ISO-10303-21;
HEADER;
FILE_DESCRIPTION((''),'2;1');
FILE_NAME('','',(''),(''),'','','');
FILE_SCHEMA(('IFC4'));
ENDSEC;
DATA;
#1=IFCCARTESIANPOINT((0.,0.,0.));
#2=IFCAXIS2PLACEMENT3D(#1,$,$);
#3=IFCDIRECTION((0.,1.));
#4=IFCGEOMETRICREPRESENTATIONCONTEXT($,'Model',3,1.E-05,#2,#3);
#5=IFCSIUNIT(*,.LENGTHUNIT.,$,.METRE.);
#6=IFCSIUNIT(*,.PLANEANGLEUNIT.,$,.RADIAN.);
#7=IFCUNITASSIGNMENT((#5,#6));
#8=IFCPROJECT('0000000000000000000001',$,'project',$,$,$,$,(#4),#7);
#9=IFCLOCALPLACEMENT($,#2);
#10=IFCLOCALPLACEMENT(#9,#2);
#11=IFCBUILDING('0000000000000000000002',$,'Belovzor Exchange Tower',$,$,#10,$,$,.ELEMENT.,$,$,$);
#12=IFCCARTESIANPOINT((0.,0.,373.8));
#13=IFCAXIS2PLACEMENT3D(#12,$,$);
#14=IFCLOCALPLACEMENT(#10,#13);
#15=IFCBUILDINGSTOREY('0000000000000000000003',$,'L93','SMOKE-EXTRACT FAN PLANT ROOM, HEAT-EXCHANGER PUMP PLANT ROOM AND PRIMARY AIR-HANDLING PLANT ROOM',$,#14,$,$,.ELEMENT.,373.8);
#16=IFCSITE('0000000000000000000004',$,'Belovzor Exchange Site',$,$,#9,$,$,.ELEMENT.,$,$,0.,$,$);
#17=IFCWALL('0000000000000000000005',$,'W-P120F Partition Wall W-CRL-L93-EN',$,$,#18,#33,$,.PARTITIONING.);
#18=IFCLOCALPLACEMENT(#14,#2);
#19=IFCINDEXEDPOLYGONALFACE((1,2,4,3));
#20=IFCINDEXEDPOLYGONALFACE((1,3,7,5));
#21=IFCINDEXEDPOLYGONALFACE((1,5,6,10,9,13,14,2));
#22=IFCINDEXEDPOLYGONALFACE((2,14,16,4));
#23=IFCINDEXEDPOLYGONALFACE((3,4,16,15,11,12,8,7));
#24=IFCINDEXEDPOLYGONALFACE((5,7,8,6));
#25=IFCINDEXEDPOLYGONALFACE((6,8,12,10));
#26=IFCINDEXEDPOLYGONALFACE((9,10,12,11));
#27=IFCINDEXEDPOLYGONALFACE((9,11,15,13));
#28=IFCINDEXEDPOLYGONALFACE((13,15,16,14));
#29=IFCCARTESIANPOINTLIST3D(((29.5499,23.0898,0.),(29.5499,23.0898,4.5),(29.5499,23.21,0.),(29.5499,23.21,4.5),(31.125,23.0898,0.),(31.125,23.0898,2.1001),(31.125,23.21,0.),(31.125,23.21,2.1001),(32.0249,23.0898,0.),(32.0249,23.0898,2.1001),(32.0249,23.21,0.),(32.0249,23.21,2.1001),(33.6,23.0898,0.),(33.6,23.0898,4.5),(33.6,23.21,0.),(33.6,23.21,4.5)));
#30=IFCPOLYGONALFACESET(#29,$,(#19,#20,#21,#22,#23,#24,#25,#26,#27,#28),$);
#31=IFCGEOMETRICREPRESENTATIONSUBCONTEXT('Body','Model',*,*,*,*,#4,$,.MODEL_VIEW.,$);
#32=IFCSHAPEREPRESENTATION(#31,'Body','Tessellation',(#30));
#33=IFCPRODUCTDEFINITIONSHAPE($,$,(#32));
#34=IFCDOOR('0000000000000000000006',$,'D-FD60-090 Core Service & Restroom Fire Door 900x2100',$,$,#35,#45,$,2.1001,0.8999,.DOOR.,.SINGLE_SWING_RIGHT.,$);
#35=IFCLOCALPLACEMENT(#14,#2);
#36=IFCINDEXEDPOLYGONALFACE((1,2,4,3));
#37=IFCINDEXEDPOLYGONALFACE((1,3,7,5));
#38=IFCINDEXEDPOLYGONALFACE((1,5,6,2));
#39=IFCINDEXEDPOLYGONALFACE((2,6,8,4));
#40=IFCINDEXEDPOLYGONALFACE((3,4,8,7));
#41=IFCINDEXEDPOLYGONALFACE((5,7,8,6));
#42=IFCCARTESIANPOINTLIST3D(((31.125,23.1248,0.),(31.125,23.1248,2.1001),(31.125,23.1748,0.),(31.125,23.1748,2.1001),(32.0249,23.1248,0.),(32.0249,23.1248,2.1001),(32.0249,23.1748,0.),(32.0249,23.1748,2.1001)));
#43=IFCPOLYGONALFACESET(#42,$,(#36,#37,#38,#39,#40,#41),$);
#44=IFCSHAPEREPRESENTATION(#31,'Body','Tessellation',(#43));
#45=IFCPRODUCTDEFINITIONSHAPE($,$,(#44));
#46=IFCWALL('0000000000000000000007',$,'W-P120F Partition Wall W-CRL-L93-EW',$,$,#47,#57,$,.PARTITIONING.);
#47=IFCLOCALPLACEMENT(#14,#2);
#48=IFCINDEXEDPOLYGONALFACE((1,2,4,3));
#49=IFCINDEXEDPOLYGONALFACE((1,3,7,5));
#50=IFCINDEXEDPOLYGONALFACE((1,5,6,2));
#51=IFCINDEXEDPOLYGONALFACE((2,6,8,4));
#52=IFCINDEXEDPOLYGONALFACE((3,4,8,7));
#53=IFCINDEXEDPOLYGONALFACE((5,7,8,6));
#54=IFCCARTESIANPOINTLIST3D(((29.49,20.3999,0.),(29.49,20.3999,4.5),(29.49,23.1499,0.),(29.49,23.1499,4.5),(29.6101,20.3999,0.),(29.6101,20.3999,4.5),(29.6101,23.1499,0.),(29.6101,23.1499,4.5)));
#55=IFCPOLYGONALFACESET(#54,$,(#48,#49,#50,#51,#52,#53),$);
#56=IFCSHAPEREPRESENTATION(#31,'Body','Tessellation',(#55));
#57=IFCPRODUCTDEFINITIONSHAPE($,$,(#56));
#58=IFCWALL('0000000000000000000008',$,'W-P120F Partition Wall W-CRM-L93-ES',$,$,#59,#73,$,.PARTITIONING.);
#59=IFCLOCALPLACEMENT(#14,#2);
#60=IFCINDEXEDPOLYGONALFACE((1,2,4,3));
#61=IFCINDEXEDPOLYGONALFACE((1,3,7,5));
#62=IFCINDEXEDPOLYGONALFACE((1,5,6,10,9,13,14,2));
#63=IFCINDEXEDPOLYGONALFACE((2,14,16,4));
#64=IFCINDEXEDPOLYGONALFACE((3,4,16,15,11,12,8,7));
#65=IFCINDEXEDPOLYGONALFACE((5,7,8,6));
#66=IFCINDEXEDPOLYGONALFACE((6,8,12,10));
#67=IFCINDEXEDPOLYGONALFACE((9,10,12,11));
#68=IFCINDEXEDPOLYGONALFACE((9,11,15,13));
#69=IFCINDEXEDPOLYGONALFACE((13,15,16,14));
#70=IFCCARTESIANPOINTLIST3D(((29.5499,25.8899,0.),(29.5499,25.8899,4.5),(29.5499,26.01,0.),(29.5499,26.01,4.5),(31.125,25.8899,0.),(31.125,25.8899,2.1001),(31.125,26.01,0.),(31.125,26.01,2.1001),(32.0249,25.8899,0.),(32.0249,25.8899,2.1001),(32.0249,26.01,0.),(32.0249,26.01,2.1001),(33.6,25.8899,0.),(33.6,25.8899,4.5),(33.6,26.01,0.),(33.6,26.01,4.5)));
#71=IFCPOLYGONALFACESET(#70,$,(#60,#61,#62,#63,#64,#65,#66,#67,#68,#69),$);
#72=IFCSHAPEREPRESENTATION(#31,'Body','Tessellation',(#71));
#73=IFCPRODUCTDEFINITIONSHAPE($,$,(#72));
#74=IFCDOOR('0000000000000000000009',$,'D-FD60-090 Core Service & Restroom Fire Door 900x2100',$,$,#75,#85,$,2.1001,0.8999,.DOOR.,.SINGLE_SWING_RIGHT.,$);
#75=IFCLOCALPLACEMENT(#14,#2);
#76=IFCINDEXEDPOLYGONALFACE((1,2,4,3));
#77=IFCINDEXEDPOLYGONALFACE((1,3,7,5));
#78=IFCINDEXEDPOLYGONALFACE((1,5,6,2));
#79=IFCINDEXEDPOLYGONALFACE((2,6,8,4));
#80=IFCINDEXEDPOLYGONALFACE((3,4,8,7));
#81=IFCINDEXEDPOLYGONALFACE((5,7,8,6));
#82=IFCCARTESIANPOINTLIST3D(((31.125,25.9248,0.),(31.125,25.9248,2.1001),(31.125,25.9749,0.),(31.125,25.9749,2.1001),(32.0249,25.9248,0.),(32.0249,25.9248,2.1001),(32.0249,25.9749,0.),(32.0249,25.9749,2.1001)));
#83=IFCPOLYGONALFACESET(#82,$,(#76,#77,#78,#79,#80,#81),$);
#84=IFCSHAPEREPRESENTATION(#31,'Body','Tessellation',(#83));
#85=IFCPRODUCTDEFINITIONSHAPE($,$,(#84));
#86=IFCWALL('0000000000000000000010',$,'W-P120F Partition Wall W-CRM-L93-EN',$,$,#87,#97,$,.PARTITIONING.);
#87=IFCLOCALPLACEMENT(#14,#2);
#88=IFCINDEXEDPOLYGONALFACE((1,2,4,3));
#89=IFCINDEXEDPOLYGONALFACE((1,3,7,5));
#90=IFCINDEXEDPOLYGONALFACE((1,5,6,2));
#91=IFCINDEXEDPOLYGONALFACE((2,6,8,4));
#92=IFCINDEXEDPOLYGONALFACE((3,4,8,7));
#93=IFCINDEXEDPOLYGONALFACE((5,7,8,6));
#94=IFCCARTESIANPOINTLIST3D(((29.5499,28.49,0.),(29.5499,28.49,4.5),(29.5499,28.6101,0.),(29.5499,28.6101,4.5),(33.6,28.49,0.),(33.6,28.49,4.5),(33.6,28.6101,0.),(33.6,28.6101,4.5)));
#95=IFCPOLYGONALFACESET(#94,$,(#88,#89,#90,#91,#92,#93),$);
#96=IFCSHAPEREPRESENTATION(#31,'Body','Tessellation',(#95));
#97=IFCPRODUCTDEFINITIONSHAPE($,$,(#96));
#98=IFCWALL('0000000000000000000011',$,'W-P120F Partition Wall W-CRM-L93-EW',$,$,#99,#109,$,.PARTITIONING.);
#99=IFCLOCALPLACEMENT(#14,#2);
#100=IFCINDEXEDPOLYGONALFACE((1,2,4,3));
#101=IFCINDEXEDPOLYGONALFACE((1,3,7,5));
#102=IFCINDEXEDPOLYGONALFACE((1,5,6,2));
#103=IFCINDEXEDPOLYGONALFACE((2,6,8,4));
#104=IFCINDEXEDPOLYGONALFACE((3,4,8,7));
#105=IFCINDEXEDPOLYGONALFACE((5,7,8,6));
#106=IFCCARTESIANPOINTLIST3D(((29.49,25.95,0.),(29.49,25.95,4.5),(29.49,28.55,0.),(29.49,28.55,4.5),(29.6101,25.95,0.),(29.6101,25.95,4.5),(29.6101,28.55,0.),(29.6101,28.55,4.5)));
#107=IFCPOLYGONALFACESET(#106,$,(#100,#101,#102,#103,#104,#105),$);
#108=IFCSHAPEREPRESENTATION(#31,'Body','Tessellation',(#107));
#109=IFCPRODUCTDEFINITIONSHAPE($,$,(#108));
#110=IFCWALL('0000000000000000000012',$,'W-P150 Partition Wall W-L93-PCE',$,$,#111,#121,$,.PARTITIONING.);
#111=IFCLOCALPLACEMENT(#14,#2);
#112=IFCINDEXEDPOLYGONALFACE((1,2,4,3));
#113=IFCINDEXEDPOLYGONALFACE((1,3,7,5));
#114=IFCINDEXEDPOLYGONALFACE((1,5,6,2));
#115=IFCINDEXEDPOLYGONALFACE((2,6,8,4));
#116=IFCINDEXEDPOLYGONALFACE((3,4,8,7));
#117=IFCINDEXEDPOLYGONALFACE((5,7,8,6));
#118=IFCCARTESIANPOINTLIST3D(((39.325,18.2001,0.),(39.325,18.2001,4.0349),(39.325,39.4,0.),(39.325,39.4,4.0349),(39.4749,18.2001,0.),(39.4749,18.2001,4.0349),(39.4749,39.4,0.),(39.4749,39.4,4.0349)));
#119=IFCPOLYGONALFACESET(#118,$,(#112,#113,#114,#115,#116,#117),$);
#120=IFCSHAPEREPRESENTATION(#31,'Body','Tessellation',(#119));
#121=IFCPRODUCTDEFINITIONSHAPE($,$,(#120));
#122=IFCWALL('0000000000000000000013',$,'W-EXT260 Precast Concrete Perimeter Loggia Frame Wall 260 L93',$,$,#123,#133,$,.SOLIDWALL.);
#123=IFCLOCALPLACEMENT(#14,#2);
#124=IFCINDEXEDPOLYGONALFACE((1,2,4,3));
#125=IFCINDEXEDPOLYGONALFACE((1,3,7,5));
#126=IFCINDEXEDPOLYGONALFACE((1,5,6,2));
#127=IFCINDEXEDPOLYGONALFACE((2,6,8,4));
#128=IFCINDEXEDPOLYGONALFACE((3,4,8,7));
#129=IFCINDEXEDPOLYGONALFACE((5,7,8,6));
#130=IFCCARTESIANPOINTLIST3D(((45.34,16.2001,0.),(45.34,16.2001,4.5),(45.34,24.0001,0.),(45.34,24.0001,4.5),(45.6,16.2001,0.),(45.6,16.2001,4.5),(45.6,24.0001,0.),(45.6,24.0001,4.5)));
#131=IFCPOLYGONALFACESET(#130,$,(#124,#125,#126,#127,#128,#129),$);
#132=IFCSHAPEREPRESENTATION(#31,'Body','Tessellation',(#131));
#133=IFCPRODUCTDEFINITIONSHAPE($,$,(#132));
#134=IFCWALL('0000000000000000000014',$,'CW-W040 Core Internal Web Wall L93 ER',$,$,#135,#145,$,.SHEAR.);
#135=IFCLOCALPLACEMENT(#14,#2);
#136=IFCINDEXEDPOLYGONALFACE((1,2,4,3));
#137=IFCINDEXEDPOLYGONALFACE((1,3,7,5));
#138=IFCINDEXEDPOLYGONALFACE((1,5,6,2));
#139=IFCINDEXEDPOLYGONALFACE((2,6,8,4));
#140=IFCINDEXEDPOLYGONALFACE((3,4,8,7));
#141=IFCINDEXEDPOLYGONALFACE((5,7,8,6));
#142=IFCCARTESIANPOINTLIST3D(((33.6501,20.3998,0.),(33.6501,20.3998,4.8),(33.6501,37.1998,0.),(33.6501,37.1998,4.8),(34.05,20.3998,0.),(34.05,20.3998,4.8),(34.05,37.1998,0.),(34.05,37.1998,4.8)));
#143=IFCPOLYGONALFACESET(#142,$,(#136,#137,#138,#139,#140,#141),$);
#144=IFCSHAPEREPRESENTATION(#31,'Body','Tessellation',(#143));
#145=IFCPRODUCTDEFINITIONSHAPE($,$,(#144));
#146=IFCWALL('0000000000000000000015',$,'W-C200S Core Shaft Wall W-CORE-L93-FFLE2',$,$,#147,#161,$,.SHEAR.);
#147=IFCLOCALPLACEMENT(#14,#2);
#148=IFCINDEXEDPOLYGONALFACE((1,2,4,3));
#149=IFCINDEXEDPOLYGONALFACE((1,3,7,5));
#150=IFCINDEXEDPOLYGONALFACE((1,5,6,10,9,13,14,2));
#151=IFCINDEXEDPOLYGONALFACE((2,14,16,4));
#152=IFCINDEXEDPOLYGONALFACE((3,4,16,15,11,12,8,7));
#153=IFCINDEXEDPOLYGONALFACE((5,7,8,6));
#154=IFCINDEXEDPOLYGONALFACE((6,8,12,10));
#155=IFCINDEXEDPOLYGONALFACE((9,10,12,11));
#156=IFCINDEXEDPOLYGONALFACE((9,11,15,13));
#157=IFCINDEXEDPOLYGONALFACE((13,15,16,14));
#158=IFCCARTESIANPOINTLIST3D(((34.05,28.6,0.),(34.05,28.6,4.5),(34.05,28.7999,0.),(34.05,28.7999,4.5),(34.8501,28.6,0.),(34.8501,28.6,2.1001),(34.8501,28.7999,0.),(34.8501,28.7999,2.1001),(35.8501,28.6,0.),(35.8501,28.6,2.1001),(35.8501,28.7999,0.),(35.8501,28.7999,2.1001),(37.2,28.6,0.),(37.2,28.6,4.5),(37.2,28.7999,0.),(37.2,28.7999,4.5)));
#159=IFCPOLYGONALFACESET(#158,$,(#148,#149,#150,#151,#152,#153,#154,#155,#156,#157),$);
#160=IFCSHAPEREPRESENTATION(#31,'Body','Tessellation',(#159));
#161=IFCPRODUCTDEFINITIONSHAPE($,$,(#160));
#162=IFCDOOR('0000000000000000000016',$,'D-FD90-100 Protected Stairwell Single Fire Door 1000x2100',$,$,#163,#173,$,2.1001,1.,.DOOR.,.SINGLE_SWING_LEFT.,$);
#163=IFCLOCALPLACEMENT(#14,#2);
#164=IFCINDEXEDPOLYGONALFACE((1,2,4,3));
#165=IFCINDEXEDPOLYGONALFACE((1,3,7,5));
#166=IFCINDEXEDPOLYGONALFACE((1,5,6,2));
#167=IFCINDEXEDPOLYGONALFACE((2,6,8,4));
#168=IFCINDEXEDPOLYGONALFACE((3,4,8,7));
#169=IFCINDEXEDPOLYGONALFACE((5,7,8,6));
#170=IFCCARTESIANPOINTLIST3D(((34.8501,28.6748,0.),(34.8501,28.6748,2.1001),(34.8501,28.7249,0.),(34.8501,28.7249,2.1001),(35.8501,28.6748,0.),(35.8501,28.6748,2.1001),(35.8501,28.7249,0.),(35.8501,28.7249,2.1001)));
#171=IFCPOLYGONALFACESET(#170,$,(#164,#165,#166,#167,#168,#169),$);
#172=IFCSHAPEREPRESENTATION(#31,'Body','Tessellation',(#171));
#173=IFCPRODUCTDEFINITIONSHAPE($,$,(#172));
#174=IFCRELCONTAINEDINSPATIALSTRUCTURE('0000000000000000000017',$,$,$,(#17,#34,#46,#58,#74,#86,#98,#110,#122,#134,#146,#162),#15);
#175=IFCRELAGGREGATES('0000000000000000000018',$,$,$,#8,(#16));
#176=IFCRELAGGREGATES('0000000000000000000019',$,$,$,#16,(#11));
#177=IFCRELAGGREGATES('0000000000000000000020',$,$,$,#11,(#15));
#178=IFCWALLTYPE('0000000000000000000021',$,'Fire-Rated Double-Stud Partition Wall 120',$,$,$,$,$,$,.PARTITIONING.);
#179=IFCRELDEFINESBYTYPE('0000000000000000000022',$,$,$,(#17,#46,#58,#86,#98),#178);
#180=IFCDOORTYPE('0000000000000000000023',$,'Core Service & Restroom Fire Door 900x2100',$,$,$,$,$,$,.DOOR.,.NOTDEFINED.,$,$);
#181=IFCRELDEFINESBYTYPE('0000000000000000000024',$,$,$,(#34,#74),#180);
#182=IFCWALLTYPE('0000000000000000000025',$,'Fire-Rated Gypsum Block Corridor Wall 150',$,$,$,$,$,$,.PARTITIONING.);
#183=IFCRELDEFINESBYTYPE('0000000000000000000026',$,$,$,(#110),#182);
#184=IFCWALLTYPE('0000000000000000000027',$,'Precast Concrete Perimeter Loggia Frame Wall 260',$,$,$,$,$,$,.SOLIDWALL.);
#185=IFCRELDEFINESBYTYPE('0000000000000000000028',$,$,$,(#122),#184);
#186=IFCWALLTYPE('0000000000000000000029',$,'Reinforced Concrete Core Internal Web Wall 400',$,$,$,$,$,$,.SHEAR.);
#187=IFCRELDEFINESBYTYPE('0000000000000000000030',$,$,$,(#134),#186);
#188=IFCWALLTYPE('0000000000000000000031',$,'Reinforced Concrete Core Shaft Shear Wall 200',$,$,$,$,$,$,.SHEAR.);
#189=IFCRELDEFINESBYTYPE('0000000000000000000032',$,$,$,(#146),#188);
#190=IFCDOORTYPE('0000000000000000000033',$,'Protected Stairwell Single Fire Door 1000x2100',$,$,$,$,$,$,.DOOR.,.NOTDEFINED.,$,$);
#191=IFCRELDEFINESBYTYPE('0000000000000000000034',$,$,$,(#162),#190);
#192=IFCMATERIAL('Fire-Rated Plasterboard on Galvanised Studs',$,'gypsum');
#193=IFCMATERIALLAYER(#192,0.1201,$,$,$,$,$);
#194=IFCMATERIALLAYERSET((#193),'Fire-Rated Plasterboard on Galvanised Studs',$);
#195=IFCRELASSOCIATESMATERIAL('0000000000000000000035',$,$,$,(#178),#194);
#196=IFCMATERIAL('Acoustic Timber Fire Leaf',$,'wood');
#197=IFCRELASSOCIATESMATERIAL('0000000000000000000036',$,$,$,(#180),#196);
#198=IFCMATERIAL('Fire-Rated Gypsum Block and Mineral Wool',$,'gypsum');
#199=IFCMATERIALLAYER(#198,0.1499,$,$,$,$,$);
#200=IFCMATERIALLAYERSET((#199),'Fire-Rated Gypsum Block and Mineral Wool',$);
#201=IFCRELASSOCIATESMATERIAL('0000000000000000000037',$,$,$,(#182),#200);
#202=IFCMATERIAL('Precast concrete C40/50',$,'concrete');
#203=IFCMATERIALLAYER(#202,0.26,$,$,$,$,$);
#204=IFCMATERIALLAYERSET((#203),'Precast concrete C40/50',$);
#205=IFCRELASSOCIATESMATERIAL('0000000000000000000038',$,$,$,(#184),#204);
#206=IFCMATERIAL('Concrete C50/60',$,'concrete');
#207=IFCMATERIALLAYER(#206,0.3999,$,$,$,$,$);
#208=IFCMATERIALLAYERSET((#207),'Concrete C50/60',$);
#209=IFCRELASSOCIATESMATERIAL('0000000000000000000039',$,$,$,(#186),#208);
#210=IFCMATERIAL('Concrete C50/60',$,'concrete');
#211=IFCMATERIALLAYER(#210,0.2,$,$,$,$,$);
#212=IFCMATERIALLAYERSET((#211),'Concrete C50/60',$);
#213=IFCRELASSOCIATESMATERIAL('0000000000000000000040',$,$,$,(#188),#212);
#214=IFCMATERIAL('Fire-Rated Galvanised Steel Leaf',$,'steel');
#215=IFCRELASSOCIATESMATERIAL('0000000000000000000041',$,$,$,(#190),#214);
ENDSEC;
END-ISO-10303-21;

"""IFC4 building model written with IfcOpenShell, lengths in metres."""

from ifc_helpers import new_model, si_unit, direction, frame, frame_2d, origin, place, context, subcontext, project, spatial, rectangle, extrude, material, layer, layer_set, type_object, element, fill, save


model = new_model("IFC4")

# Units and contexts
model_context = context("Model", 3, precision=1e-05, world=origin(), true_north=direction((0.0, 1.0)))
body_context = subcontext(model_context, "Body", "Model", "MODEL_VIEW")
ifc_project = project(units=[si_unit("LENGTHUNIT", "METRE"), si_unit("PLANEANGLEUNIT", "RADIAN")], contexts=[model_context])

# Site, building, storey
site_placement = place(None, origin())
site = spatial("IfcSite", under=ifc_project, at=site_placement, Name="Belovzor Exchange Site", CompositionType="ELEMENT", RefElevation=0.0)
building_placement = place(site_placement, origin())
building = spatial("IfcBuilding", under=site, at=building_placement, Name="Belovzor Exchange Tower", CompositionType="ELEMENT")
storey_placement = place(building_placement, frame((0.0, 0.0, 373.8)))
storey = spatial("IfcBuildingStorey", under=building, at=storey_placement, Name="L93", Description="SMOKE-EXTRACT FAN PLANT ROOM, HEAT-EXCHANGER PUMP PLANT ROOM AND PRIMARY AIR-HANDLING PLANT ROOM", CompositionType="ELEMENT", Elevation=373.8)

# Wall, opening, door
ifc_material_1 = material(Name="Fire-Rated Plasterboard on Galvanised Studs", Category="gypsum")
ifc_layer_1 = layer(ifc_material_1, 0.1201)
ifc_layer_set_1 = layer_set([ifc_layer_1], Name="Fire-Rated Plasterboard on Galvanised Studs")
wall_type_1 = type_object("IfcWallType", Name="Fire-Rated Double-Stud Partition Wall 120", PredefinedType="PARTITIONING", material=ifc_layer_set_1)
wall_1_placement = place(storey_placement, frame((29.55, 23.1499, 0.0), z_axis=(0.0, 0.0, 1.0), x_axis=(1.0, 0.0, 0.0)))
wall_1 = element("IfcWall", 1, at=wall_1_placement, inside=storey, type_object=wall_type_1, Name="W-P120F Partition Wall W-CRL-L93-EN", PredefinedType="PARTITIONING", context=body_context, shape_type="SweptSolid", body=[
    extrude(rectangle(XDim=4.05, YDim=0.1201, at=frame_2d((2.0249, 0.0))), origin(), (0.0, 0.0, 1.0), 4.5),
])
opening_1_placement = place(wall_1_placement, frame((1.575, 0.0, 0.0)))
opening_1 = element("IfcOpeningElement", 2, at=opening_1_placement, cuts=wall_1, PredefinedType="OPENING", context=body_context, shape_type="SweptSolid", body=[
    extrude(rectangle(XDim=0.8999, YDim=2.1001, at=frame_2d((0.45, 1.05))), frame((0.0, 0.0701, 0.0), z_axis=(0.0, -1.0, 0.0), x_axis=(1.0, 0.0, 0.0)), (0.0, 0.0, 1.0), 0.1401),
])
ifc_material_2 = material(Name="Acoustic Timber Fire Leaf", Category="wood")
door_type_1 = type_object("IfcDoorType", Name="Core Service & Restroom Fire Door 900x2100", OperationType="NOTDEFINED", PredefinedType="DOOR", material=ifc_material_2)
door_1_placement = place(opening_1_placement, origin())
door_1 = element("IfcDoor", 3, at=door_1_placement, inside=storey, type_object=door_type_1, Name="D-FD60-090 Core Service & Restroom Fire Door 900x2100", OperationType="SINGLE_SWING_RIGHT", OverallHeight=2.1001, OverallWidth=0.8999, PredefinedType="DOOR", context=body_context, shape_type="SweptSolid", body=[
    extrude(rectangle(XDim=0.8999, YDim=2.1001, at=frame_2d((0.45, 1.05))), frame((0.0, 0.0249, 0.0), z_axis=(0.0, -1.0, 0.0), x_axis=(1.0, 0.0, 0.0)), (0.0, 0.0, 1.0), 0.05),
])
fill(opening_1, door_1)

# Wall
wall_2_placement = place(storey_placement, frame((29.55, 20.3999, 0.0), z_axis=(0.0, 0.0, 1.0), x_axis=(0.0, 1.0, 0.0)))
element("IfcWall", 4, at=wall_2_placement, inside=storey, type_object=wall_type_1, Name="W-P120F Partition Wall W-CRL-L93-EW", PredefinedType="PARTITIONING", context=body_context, shape_type="SweptSolid", body=[
    extrude(rectangle(XDim=2.75, YDim=0.1201, at=frame_2d((1.375, 0.0))), origin(), (0.0, 0.0, 1.0), 4.5),
])

# Wall, opening, door
wall_3_placement = place(storey_placement, frame((29.55, 25.95, 0.0), z_axis=(0.0, 0.0, 1.0), x_axis=(1.0, 0.0, 0.0)))
wall_3 = element("IfcWall", 5, at=wall_3_placement, inside=storey, type_object=wall_type_1, Name="W-P120F Partition Wall W-CRM-L93-ES", PredefinedType="PARTITIONING", context=body_context, shape_type="SweptSolid", body=[
    extrude(rectangle(XDim=4.05, YDim=0.1201, at=frame_2d((2.0249, 0.0))), origin(), (0.0, 0.0, 1.0), 4.5),
])
opening_2_placement = place(wall_3_placement, frame((1.575, 0.0, 0.0)))
opening_2 = element("IfcOpeningElement", 6, at=opening_2_placement, cuts=wall_3, PredefinedType="OPENING", context=body_context, shape_type="SweptSolid", body=[
    extrude(rectangle(XDim=0.8999, YDim=2.1001, at=frame_2d((0.45, 1.05))), frame((0.0, 0.0701, 0.0), z_axis=(0.0, -1.0, 0.0), x_axis=(1.0, 0.0, 0.0)), (0.0, 0.0, 1.0), 0.1401),
])
door_2_placement = place(opening_2_placement, origin())
door_2 = element("IfcDoor", 7, at=door_2_placement, inside=storey, type_object=door_type_1, Name="D-FD60-090 Core Service & Restroom Fire Door 900x2100", OperationType="SINGLE_SWING_RIGHT", OverallHeight=2.1001, OverallWidth=0.8999, PredefinedType="DOOR", context=body_context, shape_type="SweptSolid", body=[
    extrude(rectangle(XDim=0.8999, YDim=2.1001, at=frame_2d((0.45, 1.05))), frame((0.0, 0.0249, 0.0), z_axis=(0.0, -1.0, 0.0), x_axis=(1.0, 0.0, 0.0)), (0.0, 0.0, 1.0), 0.05),
])
fill(opening_2, door_2)

# Walls
wall_4_placement = place(storey_placement, frame((29.55, 28.55, 0.0), z_axis=(0.0, 0.0, 1.0), x_axis=(1.0, 0.0, 0.0)))
element("IfcWall", 8, at=wall_4_placement, inside=storey, type_object=wall_type_1, Name="W-P120F Partition Wall W-CRM-L93-EN", PredefinedType="PARTITIONING", context=body_context, shape_type="SweptSolid", body=[
    extrude(rectangle(XDim=4.05, YDim=0.1201, at=frame_2d((2.0249, 0.0))), origin(), (0.0, 0.0, 1.0), 4.5),
])
wall_5_placement = place(storey_placement, frame((29.55, 25.95, 0.0), z_axis=(0.0, 0.0, 1.0), x_axis=(0.0, 1.0, 0.0)))
element("IfcWall", 9, at=wall_5_placement, inside=storey, type_object=wall_type_1, Name="W-P120F Partition Wall W-CRM-L93-EW", PredefinedType="PARTITIONING", context=body_context, shape_type="SweptSolid", body=[
    extrude(rectangle(XDim=2.6001, YDim=0.1201, at=frame_2d((1.3, 0.0))), origin(), (0.0, 0.0, 1.0), 4.5),
])
ifc_material_3 = material(Name="Fire-Rated Gypsum Block and Mineral Wool", Category="gypsum")
ifc_layer_2 = layer(ifc_material_3, 0.1499)
ifc_layer_set_2 = layer_set([ifc_layer_2], Name="Fire-Rated Gypsum Block and Mineral Wool")
wall_type_2 = type_object("IfcWallType", Name="Fire-Rated Gypsum Block Corridor Wall 150", PredefinedType="PARTITIONING", material=ifc_layer_set_2)
wall_6_placement = place(storey_placement, frame((39.3999, 18.2, 0.0), z_axis=(0.0, 0.0, 1.0), x_axis=(0.0, 1.0, 0.0)))
element("IfcWall", 10, at=wall_6_placement, inside=storey, type_object=wall_type_2, Name="W-P150 Partition Wall W-L93-PCE", PredefinedType="PARTITIONING", context=body_context, shape_type="SweptSolid", body=[
    extrude(rectangle(XDim=21.2, YDim=0.1499, at=frame_2d((10.6001, 0.0))), origin(), (0.0, 0.0, 1.0), 4.0349),
])
ifc_material_4 = material(Name="Precast concrete C40/50", Category="concrete")
ifc_layer_3 = layer(ifc_material_4, 0.26)
ifc_layer_set_3 = layer_set([ifc_layer_3], Name="Precast concrete C40/50")
wall_type_3 = type_object("IfcWallType", Name="Precast Concrete Perimeter Loggia Frame Wall 260", PredefinedType="SOLIDWALL", material=ifc_layer_set_3)
wall_7_placement = place(storey_placement, frame((45.47, 24.0, 0.0), z_axis=(0.0, 0.0, 1.0), x_axis=(0.0, -1.0, 0.0)))
element("IfcWall", 11, at=wall_7_placement, inside=storey, type_object=wall_type_3, Name="W-EXT260 Precast Concrete Perimeter Loggia Frame Wall 260 L93", PredefinedType="SOLIDWALL", context=body_context, shape_type="SweptSolid", body=[
    extrude(rectangle(XDim=7.8, YDim=0.26, at=frame_2d((3.8999, 0.0))), origin(), (0.0, 0.0, 1.0), 4.5),
])
ifc_material_5 = material(Name="Concrete C50/60", Category="concrete")
ifc_layer_4 = layer(ifc_material_5, 0.3999)
ifc_layer_set_4 = layer_set([ifc_layer_4], Name="Concrete C50/60")
wall_type_4 = type_object("IfcWallType", Name="Reinforced Concrete Core Internal Web Wall 400", PredefinedType="SHEAR", material=ifc_layer_set_4)
wall_8_placement = place(storey_placement, frame((33.8501, 20.3999, 0.0), z_axis=(0.0, 0.0, 1.0), x_axis=(0.0, 1.0, 0.0)))
element("IfcWall", 12, at=wall_8_placement, inside=storey, type_object=wall_type_4, Name="CW-W040 Core Internal Web Wall L93 ER", PredefinedType="SHEAR", context=body_context, shape_type="SweptSolid", body=[
    extrude(rectangle(XDim=16.8, YDim=0.3999, at=frame_2d((8.3999, 0.0))), origin(), (0.0, 0.0, 1.0), 4.8),
])

# Wall, opening, door
ifc_material_6 = material(Name="Concrete C50/60", Category="concrete")
ifc_layer_5 = layer(ifc_material_6, 0.2)
ifc_layer_set_5 = layer_set([ifc_layer_5], Name="Concrete C50/60")
wall_type_5 = type_object("IfcWallType", Name="Reinforced Concrete Core Shaft Shear Wall 200", PredefinedType="SHEAR", material=ifc_layer_set_5)
wall_9_placement = place(storey_placement, frame((34.05, 28.7, 0.0), z_axis=(0.0, 0.0, 1.0), x_axis=(1.0, 0.0, 0.0)))
wall_9 = element("IfcWall", 13, at=wall_9_placement, inside=storey, type_object=wall_type_5, Name="W-C200S Core Shaft Wall W-CORE-L93-FFLE2", PredefinedType="SHEAR", context=body_context, shape_type="SweptSolid", body=[
    extrude(rectangle(XDim=3.1499, YDim=0.2, at=frame_2d((1.575, 0.0))), origin(), (0.0, 0.0, 1.0), 4.5),
])
opening_3_placement = place(wall_9_placement, frame((0.8, 0.0, 0.0)))
opening_3 = element("IfcOpeningElement", 14, at=opening_3_placement, cuts=wall_9, PredefinedType="OPENING", context=body_context, shape_type="SweptSolid", body=[
    extrude(rectangle(XDim=1.0, YDim=2.1001, at=frame_2d((0.5, 1.05))), frame((0.0, 0.1099, 0.0), z_axis=(0.0, -1.0, 0.0), x_axis=(1.0, 0.0, 0.0)), (0.0, 0.0, 1.0), 0.22),
])
ifc_material_7 = material(Name="Fire-Rated Galvanised Steel Leaf", Category="steel")
door_type_2 = type_object("IfcDoorType", Name="Protected Stairwell Single Fire Door 1000x2100", OperationType="NOTDEFINED", PredefinedType="DOOR", material=ifc_material_7)
door_3_placement = place(opening_3_placement, origin())
door_3 = element("IfcDoor", 15, at=door_3_placement, inside=storey, type_object=door_type_2, Name="D-FD90-100 Protected Stairwell Single Fire Door 1000x2100", OperationType="SINGLE_SWING_LEFT", OverallHeight=2.1001, OverallWidth=1.0, PredefinedType="DOOR", context=body_context, shape_type="SweptSolid", body=[
    extrude(rectangle(XDim=1.0, YDim=2.1001, at=frame_2d((0.5, 1.05))), frame((0.0, 0.0249, 0.0), z_axis=(0.0, -1.0, 0.0), x_axis=(1.0, 0.0, 0.0)), (0.0, 0.0, 1.0), 0.05),
])
fill(opening_3, door_3)

save(model, "model.ifc")
